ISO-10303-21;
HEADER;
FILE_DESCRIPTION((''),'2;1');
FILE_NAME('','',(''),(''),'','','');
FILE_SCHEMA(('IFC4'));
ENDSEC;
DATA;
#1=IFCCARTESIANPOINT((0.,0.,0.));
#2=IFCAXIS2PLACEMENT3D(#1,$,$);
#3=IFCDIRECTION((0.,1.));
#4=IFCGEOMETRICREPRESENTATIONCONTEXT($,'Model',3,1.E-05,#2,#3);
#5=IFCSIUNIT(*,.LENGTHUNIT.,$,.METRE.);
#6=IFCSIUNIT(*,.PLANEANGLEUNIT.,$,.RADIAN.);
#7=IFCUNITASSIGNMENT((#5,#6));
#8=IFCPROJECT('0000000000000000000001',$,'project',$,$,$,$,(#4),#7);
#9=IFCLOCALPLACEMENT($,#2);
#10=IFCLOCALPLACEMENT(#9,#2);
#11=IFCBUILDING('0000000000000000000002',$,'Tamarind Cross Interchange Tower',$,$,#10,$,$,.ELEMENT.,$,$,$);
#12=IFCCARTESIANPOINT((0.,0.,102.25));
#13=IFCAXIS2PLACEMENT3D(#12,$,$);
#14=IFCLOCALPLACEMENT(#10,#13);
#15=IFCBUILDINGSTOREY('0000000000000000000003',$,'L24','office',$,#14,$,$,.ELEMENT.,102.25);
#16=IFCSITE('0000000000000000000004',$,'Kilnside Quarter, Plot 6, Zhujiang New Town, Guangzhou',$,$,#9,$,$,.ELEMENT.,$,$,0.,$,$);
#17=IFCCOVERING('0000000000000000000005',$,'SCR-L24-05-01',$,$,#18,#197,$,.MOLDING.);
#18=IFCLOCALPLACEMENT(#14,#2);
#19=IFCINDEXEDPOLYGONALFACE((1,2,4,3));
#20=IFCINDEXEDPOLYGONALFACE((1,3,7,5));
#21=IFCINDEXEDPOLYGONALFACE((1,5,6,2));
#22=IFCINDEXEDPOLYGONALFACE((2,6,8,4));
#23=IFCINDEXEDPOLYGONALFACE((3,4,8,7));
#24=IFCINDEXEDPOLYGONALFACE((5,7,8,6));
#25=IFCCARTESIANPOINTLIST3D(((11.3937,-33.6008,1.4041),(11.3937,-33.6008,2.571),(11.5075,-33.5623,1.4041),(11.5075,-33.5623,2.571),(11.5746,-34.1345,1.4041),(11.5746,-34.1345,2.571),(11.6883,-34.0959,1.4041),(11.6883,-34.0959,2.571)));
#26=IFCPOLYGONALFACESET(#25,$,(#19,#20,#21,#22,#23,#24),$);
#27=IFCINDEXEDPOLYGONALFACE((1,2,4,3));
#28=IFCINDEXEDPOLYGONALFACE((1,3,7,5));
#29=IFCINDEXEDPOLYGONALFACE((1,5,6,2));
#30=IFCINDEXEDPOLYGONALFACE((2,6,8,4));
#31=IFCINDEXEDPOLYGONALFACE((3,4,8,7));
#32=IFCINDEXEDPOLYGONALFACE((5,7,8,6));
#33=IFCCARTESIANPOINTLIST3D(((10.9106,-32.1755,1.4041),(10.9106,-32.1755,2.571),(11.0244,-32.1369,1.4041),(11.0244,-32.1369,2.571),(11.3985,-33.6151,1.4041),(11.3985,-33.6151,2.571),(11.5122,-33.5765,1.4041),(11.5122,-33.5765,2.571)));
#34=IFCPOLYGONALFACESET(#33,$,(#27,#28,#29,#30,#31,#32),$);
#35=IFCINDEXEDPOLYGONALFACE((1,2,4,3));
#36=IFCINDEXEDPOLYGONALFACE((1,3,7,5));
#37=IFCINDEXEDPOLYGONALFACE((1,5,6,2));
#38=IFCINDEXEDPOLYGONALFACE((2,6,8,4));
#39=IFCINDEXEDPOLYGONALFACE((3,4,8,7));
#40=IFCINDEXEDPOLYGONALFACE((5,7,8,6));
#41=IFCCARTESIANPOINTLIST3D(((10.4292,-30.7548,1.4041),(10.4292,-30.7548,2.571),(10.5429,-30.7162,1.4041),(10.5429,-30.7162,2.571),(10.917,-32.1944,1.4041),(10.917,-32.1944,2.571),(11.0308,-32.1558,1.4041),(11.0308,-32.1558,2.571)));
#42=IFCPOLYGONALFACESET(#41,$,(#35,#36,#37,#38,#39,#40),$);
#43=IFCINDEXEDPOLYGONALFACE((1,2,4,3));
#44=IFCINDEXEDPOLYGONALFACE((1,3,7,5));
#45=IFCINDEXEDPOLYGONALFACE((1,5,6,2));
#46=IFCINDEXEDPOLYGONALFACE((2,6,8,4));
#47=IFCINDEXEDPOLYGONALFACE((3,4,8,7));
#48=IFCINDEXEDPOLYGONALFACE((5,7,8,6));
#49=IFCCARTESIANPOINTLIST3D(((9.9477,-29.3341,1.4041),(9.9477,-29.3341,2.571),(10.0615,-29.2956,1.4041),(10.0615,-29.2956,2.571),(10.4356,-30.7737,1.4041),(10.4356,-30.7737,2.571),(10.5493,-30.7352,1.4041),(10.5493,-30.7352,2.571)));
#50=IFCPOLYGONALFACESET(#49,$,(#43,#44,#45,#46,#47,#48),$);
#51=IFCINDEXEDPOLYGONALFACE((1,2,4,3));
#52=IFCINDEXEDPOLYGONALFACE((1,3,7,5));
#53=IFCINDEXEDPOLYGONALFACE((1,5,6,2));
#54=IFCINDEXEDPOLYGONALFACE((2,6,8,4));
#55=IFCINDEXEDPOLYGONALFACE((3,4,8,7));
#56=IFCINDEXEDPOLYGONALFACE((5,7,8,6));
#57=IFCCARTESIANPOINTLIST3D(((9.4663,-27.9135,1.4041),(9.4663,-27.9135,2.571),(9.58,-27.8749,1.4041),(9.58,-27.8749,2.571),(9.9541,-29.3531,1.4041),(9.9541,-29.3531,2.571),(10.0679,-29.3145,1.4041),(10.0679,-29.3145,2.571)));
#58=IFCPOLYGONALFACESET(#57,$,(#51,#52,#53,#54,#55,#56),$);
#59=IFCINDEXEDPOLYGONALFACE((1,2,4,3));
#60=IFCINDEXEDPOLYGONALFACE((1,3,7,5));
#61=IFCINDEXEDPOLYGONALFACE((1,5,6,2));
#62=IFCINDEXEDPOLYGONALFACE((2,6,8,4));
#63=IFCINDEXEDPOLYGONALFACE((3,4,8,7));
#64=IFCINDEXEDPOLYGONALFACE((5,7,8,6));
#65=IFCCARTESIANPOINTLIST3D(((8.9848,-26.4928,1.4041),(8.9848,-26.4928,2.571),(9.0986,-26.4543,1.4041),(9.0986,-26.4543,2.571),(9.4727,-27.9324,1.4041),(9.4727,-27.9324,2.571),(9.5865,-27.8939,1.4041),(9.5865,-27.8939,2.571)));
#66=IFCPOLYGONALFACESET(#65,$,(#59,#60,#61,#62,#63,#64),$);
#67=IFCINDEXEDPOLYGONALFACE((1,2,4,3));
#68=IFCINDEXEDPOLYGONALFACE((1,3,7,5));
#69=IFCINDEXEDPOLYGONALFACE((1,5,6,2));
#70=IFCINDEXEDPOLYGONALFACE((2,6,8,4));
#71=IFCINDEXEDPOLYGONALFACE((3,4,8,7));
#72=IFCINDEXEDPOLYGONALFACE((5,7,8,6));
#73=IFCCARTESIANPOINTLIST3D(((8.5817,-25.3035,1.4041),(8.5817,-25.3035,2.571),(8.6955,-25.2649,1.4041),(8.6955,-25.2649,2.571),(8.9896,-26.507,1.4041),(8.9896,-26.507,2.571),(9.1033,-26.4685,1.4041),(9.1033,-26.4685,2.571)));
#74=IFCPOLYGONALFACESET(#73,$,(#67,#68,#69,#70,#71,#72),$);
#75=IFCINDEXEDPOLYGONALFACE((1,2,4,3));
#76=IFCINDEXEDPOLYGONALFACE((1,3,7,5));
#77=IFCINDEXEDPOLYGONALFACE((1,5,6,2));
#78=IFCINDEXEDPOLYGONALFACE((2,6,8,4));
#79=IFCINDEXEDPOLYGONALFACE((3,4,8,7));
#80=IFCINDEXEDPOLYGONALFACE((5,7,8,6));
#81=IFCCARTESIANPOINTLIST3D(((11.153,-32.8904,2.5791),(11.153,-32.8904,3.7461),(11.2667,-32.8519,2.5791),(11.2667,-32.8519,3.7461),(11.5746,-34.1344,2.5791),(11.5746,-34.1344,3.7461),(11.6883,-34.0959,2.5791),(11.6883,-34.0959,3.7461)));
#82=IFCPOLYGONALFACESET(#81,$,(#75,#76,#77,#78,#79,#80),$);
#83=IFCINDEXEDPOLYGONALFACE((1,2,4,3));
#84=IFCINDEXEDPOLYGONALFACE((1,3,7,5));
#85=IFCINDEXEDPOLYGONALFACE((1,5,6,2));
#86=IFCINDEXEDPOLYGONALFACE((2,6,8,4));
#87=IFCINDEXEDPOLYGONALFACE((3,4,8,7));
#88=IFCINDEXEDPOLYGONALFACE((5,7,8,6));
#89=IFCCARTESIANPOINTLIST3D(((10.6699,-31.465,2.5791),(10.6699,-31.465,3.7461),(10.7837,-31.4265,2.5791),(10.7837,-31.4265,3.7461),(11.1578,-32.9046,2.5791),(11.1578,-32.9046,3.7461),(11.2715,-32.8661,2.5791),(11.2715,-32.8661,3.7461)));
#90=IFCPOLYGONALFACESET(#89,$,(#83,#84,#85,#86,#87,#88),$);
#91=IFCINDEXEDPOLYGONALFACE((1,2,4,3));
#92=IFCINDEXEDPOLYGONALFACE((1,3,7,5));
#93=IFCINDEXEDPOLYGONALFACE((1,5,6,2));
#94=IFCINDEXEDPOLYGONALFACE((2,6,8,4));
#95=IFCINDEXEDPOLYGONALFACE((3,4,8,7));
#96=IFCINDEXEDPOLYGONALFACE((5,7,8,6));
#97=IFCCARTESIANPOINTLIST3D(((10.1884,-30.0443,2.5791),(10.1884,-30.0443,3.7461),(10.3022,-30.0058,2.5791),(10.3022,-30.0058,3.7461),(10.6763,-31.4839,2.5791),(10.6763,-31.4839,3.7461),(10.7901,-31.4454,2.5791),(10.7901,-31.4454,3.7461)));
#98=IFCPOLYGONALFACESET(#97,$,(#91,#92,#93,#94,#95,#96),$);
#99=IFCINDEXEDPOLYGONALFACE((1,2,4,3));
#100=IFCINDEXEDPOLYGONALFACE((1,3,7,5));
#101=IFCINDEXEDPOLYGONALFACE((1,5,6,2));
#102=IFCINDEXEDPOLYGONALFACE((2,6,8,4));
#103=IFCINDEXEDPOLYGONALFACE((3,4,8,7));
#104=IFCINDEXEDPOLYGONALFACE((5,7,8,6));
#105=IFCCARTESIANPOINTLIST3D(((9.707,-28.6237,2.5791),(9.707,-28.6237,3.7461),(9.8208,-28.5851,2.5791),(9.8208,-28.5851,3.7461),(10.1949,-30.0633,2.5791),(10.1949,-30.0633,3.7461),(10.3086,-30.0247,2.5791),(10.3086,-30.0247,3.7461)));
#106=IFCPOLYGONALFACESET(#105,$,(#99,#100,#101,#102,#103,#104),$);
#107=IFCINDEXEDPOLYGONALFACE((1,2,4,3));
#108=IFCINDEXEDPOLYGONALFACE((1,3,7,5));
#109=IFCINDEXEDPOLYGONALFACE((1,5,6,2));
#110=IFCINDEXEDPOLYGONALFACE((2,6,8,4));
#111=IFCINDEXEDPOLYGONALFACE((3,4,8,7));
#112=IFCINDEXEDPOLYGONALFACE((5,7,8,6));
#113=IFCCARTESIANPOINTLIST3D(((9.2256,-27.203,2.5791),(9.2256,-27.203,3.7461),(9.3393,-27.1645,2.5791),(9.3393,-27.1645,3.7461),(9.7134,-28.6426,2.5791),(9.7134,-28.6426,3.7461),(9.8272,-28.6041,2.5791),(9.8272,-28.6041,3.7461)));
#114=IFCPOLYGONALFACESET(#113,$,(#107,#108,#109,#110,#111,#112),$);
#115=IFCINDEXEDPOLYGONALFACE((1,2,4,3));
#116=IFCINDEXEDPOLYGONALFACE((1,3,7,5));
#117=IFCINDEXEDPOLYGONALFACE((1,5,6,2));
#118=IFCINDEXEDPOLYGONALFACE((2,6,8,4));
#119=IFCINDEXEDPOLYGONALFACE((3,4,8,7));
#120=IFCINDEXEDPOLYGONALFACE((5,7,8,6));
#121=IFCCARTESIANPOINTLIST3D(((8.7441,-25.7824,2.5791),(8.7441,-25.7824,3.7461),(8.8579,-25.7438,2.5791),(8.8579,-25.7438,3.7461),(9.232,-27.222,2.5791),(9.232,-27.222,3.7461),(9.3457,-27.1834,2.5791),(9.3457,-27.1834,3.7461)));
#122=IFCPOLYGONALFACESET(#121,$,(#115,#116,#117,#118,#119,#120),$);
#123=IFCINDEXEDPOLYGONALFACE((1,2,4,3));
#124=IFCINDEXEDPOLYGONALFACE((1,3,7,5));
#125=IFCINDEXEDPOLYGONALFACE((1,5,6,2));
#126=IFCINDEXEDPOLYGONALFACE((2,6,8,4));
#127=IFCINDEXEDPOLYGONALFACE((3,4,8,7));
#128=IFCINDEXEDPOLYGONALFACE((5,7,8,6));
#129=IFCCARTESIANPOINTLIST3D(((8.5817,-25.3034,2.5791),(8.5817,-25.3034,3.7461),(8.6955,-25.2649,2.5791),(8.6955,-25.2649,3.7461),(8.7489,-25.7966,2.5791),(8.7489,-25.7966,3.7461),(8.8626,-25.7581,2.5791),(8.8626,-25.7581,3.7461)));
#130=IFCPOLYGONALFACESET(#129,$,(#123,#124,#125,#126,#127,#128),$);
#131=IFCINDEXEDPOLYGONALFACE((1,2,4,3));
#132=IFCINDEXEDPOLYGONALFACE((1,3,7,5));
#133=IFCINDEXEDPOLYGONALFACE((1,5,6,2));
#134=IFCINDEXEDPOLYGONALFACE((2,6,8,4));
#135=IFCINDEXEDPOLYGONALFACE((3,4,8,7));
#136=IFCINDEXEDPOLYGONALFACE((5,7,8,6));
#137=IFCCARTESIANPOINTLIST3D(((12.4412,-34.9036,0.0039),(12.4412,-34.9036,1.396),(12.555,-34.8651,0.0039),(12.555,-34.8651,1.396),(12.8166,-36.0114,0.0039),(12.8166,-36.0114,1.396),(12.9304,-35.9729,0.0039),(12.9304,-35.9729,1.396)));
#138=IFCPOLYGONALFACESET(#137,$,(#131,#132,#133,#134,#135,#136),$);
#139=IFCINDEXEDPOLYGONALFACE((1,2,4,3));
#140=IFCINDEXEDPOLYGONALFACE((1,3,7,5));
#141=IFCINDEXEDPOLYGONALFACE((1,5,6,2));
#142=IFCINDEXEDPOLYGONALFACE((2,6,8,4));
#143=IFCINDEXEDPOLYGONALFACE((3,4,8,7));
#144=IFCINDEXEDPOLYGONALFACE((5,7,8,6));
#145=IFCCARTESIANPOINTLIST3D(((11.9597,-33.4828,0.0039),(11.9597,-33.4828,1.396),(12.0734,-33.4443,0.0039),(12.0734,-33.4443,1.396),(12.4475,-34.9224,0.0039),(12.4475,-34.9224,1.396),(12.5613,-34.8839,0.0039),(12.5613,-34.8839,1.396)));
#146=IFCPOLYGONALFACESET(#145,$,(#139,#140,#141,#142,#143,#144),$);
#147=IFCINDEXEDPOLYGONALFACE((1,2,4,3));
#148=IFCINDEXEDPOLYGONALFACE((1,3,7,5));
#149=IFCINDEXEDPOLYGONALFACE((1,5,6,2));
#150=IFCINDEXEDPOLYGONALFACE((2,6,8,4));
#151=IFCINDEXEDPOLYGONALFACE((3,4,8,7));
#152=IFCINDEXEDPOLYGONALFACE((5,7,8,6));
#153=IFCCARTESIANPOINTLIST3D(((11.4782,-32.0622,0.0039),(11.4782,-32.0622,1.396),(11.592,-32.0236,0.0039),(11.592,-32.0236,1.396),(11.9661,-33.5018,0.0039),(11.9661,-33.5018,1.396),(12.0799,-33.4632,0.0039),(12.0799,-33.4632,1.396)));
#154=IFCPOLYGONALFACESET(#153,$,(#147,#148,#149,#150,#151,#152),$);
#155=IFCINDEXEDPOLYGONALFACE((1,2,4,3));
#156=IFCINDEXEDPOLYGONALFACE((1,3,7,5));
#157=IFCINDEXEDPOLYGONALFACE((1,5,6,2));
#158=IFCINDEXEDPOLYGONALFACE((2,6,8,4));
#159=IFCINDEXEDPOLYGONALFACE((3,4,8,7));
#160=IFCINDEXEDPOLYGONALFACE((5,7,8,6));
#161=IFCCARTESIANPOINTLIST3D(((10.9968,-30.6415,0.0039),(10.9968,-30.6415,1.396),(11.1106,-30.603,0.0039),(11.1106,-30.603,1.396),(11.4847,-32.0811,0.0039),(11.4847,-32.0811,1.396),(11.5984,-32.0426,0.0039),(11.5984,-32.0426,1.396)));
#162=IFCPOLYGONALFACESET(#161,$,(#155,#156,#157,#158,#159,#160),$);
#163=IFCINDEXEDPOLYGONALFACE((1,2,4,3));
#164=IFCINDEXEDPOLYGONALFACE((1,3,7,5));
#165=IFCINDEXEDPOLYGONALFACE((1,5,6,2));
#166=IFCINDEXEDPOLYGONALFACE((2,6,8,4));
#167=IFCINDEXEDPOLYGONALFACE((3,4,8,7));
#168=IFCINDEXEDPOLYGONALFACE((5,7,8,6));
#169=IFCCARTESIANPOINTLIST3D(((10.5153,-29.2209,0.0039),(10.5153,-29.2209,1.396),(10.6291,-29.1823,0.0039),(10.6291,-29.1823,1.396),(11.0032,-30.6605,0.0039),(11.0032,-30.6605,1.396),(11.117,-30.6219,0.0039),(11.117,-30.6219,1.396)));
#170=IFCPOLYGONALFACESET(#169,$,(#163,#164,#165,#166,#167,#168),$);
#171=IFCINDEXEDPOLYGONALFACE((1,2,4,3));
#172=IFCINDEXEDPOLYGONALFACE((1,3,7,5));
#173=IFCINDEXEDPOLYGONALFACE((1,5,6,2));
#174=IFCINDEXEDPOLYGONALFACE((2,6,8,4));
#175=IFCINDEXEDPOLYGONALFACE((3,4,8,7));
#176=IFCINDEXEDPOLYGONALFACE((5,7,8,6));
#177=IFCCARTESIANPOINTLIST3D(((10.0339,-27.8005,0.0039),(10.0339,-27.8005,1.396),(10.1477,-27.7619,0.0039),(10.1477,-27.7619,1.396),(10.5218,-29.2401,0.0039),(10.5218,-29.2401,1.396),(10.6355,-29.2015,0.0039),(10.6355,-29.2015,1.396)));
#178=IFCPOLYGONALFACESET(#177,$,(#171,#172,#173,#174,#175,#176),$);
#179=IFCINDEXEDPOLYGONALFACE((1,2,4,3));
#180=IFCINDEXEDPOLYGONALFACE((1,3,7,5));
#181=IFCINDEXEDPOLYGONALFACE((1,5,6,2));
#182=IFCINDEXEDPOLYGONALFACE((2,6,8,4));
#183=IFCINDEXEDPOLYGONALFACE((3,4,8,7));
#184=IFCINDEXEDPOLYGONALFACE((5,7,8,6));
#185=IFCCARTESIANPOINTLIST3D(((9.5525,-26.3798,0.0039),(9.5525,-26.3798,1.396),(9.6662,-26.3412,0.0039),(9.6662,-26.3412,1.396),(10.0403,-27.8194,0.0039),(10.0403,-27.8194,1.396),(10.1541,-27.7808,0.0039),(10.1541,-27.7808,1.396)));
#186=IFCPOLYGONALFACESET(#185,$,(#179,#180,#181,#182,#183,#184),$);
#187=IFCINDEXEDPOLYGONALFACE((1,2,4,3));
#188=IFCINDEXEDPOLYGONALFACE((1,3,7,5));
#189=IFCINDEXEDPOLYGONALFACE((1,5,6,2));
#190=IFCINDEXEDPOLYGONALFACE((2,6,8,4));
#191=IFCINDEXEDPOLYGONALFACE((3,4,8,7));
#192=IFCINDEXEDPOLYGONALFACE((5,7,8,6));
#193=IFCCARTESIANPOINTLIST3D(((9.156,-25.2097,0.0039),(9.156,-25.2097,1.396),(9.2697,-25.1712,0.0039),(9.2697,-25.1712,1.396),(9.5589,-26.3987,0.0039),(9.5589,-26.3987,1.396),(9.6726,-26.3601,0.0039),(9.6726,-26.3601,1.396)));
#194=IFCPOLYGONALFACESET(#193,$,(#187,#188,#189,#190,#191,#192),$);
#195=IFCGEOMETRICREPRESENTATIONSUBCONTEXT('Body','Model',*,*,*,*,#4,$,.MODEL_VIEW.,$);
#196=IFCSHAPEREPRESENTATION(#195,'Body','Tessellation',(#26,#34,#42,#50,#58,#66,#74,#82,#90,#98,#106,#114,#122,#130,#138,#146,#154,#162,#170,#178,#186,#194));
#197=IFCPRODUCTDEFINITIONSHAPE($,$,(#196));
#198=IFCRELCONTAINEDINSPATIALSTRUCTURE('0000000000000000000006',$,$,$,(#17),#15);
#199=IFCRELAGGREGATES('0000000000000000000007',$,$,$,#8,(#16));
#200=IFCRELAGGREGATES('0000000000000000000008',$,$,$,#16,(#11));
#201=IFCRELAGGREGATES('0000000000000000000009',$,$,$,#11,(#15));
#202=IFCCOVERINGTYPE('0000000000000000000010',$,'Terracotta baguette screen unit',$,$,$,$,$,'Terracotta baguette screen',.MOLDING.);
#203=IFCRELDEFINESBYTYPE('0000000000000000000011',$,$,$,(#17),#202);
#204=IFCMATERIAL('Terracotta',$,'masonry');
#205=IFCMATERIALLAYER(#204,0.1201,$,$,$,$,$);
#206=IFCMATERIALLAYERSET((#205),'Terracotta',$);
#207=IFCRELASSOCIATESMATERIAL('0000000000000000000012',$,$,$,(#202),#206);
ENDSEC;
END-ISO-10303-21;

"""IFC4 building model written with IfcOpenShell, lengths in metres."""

from ifc_helpers import new_model, si_unit, direction, frame, origin, origin_2d, place, context, subcontext, project, spatial, rectangle, extrude, material, layer, layer_set, type_object, element, save


model = new_model("IFC4")

# Units and contexts
model_context = context("Model", 3, precision=1e-05, world=origin(), true_north=direction((0.0, 1.0)))
body_context = subcontext(model_context, "Body", "Model", "MODEL_VIEW")
ifc_project = project(units=[si_unit("LENGTHUNIT", "METRE"), si_unit("PLANEANGLEUNIT", "RADIAN")], contexts=[model_context])

# Site, building, storey
site_placement = place(None, origin())
site = spatial("IfcSite", under=ifc_project, at=site_placement, Name="Kilnside Quarter, Plot 6, Zhujiang New Town, Guangzhou", CompositionType="ELEMENT", RefElevation=0.0)
building_placement = place(site_placement, origin())
building = spatial("IfcBuilding", under=site, at=building_placement, Name="Tamarind Cross Interchange Tower", CompositionType="ELEMENT")
storey_placement = place(building_placement, frame((0.0, 0.0, 102.25)))
storey = spatial("IfcBuildingStorey", under=building, at=storey_placement, Name="L24", Description="office", CompositionType="ELEMENT", Elevation=102.25)

# Covering
ifc_material_1 = material(Name="Terracotta", Category="masonry")
ifc_layer_1 = layer(ifc_material_1, 0.1201)
ifc_layer_set_1 = layer_set([ifc_layer_1], Name="Terracotta")
covering_type = type_object("IfcCoveringType", Name="Terracotta baguette screen unit", ElementType="Terracotta baguette screen", PredefinedType="MOLDING", material=ifc_layer_set_1)
covering_1_placement = place(storey_placement, origin())
element("IfcCovering", 1, at=covering_1_placement, inside=storey, type_object=covering_type, Name="SCR-L24-05-01", PredefinedType="MOLDING", context=body_context, shape_type="SweptSolid", body=[
    extrude(rectangle(XDim=0.5635, YDim=0.1201, at=origin_2d()), frame((11.541, -33.8484, 1.4041), z_axis=(0.0, 0.0, 1.0), x_axis=(-0.320959, 0.947093, 0.0)), (0.0, 0.0, 1.0), 1.167),
    extrude(rectangle(XDim=1.52, YDim=0.1201, at=origin_2d()), frame((11.2114, -32.876, 1.4041), z_axis=(0.0, 0.0, 1.0), x_axis=(-0.320959, 0.947093, 0.0)), (0.0, 0.0, 1.0), 1.167),
    extrude(rectangle(XDim=1.52, YDim=0.1201, at=origin_2d()), frame((10.73, -31.4553, 1.4041), z_axis=(0.0, 0.0, 1.0), x_axis=(-0.320959, 0.947093, 0.0)), (0.0, 0.0, 1.0), 1.167),
    extrude(rectangle(XDim=1.52, YDim=0.1201, at=origin_2d()), frame((10.2485, -30.0347, 1.4041), z_axis=(0.0, 0.0, 1.0), x_axis=(-0.320959, 0.947093, 0.0)), (0.0, 0.0, 1.0), 1.167),
    extrude(rectangle(XDim=1.52, YDim=0.1201, at=origin_2d()), frame((9.7671, -28.614, 1.4041), z_axis=(0.0, 0.0, 1.0), x_axis=(-0.320959, 0.947093, 0.0)), (0.0, 0.0, 1.0), 1.167),
    extrude(rectangle(XDim=1.52, YDim=0.1201, at=origin_2d()), frame((9.2856, -27.1934, 1.4041), z_axis=(0.0, 0.0, 1.0), x_axis=(-0.320959, 0.947093, 0.0)), (0.0, 0.0, 1.0), 1.167),
    extrude(rectangle(XDim=1.2708, YDim=0.1201, at=origin_2d()), frame((8.8425, -25.886, 1.4041), z_axis=(0.0, 0.0, 1.0), x_axis=(-0.320959, 0.947093, 0.0)), (0.0, 0.0, 1.0), 1.167),
    extrude(rectangle(XDim=1.3135, YDim=0.1201, at=origin_2d()), frame((11.4207, -33.4932, 2.5791), z_axis=(0.0, 0.0, 1.0), x_axis=(-0.320959, 0.947093, 0.0)), (0.0, 0.0, 1.0), 1.167),
    extrude(rectangle(XDim=1.52, YDim=0.1201, at=origin_2d()), frame((10.9707, -32.1655, 2.5791), z_axis=(0.0, 0.0, 1.0), x_axis=(-0.320959, 0.947093, 0.0)), (0.0, 0.0, 1.0), 1.167),
    extrude(rectangle(XDim=1.52, YDim=0.1201, at=origin_2d()), frame((10.4893, -30.7449, 2.5791), z_axis=(0.0, 0.0, 1.0), x_axis=(-0.320959, 0.947093, 0.0)), (0.0, 0.0, 1.0), 1.167),
    extrude(rectangle(XDim=1.52, YDim=0.1201, at=origin_2d()), frame((10.0078, -29.3242, 2.5791), z_axis=(0.0, 0.0, 1.0), x_axis=(-0.320959, 0.947093, 0.0)), (0.0, 0.0, 1.0), 1.167),
    extrude(rectangle(XDim=1.52, YDim=0.1201, at=origin_2d()), frame((9.5264, -27.9036, 2.5791), z_axis=(0.0, 0.0, 1.0), x_axis=(-0.320959, 0.947093, 0.0)), (0.0, 0.0, 1.0), 1.167),
    extrude(rectangle(XDim=1.52, YDim=0.1201, at=origin_2d()), frame((9.0449, -26.4829, 2.5791), z_axis=(0.0, 0.0, 1.0), x_axis=(-0.320959, 0.947093, 0.0)), (0.0, 0.0, 1.0), 1.167),
    extrude(rectangle(XDim=0.5208, YDim=0.1201, at=origin_2d()), frame((8.7222, -25.5308, 2.5791), z_axis=(0.0, 0.0, 1.0), x_axis=(-0.320959, 0.947093, 0.0)), (0.0, 0.0, 1.0), 1.167),
    extrude(rectangle(XDim=1.1697, YDim=0.1201, at=origin_2d()), frame((12.6858, -35.4382, 0.0039), z_axis=(0.0, 0.0, 1.0), x_axis=(-0.320959, 0.947093, 0.0)), (0.0, 0.0, 1.0), 1.3921),
    extrude(rectangle(XDim=1.52, YDim=0.1201, at=origin_2d()), frame((12.2605, -34.1833, 0.0039), z_axis=(0.0, 0.0, 1.0), x_axis=(-0.320959, 0.947093, 0.0)), (0.0, 0.0, 1.0), 1.3921),
    extrude(rectangle(XDim=1.52, YDim=0.1201, at=origin_2d()), frame((11.7791, -32.7627, 0.0039), z_axis=(0.0, 0.0, 1.0), x_axis=(-0.320959, 0.947093, 0.0)), (0.0, 0.0, 1.0), 1.3921),
    extrude(rectangle(XDim=1.52, YDim=0.1201, at=origin_2d()), frame((11.2976, -31.342, 0.0039), z_axis=(0.0, 0.0, 1.0), x_axis=(-0.320959, 0.947093, 0.0)), (0.0, 0.0, 1.0), 1.3921),
    extrude(rectangle(XDim=1.52, YDim=0.1201, at=origin_2d()), frame((10.8162, -29.9214, 0.0039), z_axis=(0.0, 0.0, 1.0), x_axis=(-0.320959, 0.947093, 0.0)), (0.0, 0.0, 1.0), 1.3921),
    extrude(rectangle(XDim=1.52, YDim=0.1201, at=origin_2d()), frame((10.3347, -28.501, 0.0039), z_axis=(0.0, 0.0, 1.0), x_axis=(-0.320959, 0.947093, 0.0)), (0.0, 0.0, 1.0), 1.3921),
    extrude(rectangle(XDim=1.52, YDim=0.1201, at=origin_2d()), frame((9.8533, -27.0803, 0.0039), z_axis=(0.0, 0.0, 1.0), x_axis=(-0.320959, 0.947093, 0.0)), (0.0, 0.0, 1.0), 1.3921),
    extrude(rectangle(XDim=1.2554, YDim=0.1201, at=origin_2d()), frame((9.4143, -25.7849, 0.0039), z_axis=(0.0, 0.0, 1.0), x_axis=(-0.320959, 0.947093, 0.0)), (0.0, 0.0, 1.0), 1.3921),
])

save(model, "model.ifc")
